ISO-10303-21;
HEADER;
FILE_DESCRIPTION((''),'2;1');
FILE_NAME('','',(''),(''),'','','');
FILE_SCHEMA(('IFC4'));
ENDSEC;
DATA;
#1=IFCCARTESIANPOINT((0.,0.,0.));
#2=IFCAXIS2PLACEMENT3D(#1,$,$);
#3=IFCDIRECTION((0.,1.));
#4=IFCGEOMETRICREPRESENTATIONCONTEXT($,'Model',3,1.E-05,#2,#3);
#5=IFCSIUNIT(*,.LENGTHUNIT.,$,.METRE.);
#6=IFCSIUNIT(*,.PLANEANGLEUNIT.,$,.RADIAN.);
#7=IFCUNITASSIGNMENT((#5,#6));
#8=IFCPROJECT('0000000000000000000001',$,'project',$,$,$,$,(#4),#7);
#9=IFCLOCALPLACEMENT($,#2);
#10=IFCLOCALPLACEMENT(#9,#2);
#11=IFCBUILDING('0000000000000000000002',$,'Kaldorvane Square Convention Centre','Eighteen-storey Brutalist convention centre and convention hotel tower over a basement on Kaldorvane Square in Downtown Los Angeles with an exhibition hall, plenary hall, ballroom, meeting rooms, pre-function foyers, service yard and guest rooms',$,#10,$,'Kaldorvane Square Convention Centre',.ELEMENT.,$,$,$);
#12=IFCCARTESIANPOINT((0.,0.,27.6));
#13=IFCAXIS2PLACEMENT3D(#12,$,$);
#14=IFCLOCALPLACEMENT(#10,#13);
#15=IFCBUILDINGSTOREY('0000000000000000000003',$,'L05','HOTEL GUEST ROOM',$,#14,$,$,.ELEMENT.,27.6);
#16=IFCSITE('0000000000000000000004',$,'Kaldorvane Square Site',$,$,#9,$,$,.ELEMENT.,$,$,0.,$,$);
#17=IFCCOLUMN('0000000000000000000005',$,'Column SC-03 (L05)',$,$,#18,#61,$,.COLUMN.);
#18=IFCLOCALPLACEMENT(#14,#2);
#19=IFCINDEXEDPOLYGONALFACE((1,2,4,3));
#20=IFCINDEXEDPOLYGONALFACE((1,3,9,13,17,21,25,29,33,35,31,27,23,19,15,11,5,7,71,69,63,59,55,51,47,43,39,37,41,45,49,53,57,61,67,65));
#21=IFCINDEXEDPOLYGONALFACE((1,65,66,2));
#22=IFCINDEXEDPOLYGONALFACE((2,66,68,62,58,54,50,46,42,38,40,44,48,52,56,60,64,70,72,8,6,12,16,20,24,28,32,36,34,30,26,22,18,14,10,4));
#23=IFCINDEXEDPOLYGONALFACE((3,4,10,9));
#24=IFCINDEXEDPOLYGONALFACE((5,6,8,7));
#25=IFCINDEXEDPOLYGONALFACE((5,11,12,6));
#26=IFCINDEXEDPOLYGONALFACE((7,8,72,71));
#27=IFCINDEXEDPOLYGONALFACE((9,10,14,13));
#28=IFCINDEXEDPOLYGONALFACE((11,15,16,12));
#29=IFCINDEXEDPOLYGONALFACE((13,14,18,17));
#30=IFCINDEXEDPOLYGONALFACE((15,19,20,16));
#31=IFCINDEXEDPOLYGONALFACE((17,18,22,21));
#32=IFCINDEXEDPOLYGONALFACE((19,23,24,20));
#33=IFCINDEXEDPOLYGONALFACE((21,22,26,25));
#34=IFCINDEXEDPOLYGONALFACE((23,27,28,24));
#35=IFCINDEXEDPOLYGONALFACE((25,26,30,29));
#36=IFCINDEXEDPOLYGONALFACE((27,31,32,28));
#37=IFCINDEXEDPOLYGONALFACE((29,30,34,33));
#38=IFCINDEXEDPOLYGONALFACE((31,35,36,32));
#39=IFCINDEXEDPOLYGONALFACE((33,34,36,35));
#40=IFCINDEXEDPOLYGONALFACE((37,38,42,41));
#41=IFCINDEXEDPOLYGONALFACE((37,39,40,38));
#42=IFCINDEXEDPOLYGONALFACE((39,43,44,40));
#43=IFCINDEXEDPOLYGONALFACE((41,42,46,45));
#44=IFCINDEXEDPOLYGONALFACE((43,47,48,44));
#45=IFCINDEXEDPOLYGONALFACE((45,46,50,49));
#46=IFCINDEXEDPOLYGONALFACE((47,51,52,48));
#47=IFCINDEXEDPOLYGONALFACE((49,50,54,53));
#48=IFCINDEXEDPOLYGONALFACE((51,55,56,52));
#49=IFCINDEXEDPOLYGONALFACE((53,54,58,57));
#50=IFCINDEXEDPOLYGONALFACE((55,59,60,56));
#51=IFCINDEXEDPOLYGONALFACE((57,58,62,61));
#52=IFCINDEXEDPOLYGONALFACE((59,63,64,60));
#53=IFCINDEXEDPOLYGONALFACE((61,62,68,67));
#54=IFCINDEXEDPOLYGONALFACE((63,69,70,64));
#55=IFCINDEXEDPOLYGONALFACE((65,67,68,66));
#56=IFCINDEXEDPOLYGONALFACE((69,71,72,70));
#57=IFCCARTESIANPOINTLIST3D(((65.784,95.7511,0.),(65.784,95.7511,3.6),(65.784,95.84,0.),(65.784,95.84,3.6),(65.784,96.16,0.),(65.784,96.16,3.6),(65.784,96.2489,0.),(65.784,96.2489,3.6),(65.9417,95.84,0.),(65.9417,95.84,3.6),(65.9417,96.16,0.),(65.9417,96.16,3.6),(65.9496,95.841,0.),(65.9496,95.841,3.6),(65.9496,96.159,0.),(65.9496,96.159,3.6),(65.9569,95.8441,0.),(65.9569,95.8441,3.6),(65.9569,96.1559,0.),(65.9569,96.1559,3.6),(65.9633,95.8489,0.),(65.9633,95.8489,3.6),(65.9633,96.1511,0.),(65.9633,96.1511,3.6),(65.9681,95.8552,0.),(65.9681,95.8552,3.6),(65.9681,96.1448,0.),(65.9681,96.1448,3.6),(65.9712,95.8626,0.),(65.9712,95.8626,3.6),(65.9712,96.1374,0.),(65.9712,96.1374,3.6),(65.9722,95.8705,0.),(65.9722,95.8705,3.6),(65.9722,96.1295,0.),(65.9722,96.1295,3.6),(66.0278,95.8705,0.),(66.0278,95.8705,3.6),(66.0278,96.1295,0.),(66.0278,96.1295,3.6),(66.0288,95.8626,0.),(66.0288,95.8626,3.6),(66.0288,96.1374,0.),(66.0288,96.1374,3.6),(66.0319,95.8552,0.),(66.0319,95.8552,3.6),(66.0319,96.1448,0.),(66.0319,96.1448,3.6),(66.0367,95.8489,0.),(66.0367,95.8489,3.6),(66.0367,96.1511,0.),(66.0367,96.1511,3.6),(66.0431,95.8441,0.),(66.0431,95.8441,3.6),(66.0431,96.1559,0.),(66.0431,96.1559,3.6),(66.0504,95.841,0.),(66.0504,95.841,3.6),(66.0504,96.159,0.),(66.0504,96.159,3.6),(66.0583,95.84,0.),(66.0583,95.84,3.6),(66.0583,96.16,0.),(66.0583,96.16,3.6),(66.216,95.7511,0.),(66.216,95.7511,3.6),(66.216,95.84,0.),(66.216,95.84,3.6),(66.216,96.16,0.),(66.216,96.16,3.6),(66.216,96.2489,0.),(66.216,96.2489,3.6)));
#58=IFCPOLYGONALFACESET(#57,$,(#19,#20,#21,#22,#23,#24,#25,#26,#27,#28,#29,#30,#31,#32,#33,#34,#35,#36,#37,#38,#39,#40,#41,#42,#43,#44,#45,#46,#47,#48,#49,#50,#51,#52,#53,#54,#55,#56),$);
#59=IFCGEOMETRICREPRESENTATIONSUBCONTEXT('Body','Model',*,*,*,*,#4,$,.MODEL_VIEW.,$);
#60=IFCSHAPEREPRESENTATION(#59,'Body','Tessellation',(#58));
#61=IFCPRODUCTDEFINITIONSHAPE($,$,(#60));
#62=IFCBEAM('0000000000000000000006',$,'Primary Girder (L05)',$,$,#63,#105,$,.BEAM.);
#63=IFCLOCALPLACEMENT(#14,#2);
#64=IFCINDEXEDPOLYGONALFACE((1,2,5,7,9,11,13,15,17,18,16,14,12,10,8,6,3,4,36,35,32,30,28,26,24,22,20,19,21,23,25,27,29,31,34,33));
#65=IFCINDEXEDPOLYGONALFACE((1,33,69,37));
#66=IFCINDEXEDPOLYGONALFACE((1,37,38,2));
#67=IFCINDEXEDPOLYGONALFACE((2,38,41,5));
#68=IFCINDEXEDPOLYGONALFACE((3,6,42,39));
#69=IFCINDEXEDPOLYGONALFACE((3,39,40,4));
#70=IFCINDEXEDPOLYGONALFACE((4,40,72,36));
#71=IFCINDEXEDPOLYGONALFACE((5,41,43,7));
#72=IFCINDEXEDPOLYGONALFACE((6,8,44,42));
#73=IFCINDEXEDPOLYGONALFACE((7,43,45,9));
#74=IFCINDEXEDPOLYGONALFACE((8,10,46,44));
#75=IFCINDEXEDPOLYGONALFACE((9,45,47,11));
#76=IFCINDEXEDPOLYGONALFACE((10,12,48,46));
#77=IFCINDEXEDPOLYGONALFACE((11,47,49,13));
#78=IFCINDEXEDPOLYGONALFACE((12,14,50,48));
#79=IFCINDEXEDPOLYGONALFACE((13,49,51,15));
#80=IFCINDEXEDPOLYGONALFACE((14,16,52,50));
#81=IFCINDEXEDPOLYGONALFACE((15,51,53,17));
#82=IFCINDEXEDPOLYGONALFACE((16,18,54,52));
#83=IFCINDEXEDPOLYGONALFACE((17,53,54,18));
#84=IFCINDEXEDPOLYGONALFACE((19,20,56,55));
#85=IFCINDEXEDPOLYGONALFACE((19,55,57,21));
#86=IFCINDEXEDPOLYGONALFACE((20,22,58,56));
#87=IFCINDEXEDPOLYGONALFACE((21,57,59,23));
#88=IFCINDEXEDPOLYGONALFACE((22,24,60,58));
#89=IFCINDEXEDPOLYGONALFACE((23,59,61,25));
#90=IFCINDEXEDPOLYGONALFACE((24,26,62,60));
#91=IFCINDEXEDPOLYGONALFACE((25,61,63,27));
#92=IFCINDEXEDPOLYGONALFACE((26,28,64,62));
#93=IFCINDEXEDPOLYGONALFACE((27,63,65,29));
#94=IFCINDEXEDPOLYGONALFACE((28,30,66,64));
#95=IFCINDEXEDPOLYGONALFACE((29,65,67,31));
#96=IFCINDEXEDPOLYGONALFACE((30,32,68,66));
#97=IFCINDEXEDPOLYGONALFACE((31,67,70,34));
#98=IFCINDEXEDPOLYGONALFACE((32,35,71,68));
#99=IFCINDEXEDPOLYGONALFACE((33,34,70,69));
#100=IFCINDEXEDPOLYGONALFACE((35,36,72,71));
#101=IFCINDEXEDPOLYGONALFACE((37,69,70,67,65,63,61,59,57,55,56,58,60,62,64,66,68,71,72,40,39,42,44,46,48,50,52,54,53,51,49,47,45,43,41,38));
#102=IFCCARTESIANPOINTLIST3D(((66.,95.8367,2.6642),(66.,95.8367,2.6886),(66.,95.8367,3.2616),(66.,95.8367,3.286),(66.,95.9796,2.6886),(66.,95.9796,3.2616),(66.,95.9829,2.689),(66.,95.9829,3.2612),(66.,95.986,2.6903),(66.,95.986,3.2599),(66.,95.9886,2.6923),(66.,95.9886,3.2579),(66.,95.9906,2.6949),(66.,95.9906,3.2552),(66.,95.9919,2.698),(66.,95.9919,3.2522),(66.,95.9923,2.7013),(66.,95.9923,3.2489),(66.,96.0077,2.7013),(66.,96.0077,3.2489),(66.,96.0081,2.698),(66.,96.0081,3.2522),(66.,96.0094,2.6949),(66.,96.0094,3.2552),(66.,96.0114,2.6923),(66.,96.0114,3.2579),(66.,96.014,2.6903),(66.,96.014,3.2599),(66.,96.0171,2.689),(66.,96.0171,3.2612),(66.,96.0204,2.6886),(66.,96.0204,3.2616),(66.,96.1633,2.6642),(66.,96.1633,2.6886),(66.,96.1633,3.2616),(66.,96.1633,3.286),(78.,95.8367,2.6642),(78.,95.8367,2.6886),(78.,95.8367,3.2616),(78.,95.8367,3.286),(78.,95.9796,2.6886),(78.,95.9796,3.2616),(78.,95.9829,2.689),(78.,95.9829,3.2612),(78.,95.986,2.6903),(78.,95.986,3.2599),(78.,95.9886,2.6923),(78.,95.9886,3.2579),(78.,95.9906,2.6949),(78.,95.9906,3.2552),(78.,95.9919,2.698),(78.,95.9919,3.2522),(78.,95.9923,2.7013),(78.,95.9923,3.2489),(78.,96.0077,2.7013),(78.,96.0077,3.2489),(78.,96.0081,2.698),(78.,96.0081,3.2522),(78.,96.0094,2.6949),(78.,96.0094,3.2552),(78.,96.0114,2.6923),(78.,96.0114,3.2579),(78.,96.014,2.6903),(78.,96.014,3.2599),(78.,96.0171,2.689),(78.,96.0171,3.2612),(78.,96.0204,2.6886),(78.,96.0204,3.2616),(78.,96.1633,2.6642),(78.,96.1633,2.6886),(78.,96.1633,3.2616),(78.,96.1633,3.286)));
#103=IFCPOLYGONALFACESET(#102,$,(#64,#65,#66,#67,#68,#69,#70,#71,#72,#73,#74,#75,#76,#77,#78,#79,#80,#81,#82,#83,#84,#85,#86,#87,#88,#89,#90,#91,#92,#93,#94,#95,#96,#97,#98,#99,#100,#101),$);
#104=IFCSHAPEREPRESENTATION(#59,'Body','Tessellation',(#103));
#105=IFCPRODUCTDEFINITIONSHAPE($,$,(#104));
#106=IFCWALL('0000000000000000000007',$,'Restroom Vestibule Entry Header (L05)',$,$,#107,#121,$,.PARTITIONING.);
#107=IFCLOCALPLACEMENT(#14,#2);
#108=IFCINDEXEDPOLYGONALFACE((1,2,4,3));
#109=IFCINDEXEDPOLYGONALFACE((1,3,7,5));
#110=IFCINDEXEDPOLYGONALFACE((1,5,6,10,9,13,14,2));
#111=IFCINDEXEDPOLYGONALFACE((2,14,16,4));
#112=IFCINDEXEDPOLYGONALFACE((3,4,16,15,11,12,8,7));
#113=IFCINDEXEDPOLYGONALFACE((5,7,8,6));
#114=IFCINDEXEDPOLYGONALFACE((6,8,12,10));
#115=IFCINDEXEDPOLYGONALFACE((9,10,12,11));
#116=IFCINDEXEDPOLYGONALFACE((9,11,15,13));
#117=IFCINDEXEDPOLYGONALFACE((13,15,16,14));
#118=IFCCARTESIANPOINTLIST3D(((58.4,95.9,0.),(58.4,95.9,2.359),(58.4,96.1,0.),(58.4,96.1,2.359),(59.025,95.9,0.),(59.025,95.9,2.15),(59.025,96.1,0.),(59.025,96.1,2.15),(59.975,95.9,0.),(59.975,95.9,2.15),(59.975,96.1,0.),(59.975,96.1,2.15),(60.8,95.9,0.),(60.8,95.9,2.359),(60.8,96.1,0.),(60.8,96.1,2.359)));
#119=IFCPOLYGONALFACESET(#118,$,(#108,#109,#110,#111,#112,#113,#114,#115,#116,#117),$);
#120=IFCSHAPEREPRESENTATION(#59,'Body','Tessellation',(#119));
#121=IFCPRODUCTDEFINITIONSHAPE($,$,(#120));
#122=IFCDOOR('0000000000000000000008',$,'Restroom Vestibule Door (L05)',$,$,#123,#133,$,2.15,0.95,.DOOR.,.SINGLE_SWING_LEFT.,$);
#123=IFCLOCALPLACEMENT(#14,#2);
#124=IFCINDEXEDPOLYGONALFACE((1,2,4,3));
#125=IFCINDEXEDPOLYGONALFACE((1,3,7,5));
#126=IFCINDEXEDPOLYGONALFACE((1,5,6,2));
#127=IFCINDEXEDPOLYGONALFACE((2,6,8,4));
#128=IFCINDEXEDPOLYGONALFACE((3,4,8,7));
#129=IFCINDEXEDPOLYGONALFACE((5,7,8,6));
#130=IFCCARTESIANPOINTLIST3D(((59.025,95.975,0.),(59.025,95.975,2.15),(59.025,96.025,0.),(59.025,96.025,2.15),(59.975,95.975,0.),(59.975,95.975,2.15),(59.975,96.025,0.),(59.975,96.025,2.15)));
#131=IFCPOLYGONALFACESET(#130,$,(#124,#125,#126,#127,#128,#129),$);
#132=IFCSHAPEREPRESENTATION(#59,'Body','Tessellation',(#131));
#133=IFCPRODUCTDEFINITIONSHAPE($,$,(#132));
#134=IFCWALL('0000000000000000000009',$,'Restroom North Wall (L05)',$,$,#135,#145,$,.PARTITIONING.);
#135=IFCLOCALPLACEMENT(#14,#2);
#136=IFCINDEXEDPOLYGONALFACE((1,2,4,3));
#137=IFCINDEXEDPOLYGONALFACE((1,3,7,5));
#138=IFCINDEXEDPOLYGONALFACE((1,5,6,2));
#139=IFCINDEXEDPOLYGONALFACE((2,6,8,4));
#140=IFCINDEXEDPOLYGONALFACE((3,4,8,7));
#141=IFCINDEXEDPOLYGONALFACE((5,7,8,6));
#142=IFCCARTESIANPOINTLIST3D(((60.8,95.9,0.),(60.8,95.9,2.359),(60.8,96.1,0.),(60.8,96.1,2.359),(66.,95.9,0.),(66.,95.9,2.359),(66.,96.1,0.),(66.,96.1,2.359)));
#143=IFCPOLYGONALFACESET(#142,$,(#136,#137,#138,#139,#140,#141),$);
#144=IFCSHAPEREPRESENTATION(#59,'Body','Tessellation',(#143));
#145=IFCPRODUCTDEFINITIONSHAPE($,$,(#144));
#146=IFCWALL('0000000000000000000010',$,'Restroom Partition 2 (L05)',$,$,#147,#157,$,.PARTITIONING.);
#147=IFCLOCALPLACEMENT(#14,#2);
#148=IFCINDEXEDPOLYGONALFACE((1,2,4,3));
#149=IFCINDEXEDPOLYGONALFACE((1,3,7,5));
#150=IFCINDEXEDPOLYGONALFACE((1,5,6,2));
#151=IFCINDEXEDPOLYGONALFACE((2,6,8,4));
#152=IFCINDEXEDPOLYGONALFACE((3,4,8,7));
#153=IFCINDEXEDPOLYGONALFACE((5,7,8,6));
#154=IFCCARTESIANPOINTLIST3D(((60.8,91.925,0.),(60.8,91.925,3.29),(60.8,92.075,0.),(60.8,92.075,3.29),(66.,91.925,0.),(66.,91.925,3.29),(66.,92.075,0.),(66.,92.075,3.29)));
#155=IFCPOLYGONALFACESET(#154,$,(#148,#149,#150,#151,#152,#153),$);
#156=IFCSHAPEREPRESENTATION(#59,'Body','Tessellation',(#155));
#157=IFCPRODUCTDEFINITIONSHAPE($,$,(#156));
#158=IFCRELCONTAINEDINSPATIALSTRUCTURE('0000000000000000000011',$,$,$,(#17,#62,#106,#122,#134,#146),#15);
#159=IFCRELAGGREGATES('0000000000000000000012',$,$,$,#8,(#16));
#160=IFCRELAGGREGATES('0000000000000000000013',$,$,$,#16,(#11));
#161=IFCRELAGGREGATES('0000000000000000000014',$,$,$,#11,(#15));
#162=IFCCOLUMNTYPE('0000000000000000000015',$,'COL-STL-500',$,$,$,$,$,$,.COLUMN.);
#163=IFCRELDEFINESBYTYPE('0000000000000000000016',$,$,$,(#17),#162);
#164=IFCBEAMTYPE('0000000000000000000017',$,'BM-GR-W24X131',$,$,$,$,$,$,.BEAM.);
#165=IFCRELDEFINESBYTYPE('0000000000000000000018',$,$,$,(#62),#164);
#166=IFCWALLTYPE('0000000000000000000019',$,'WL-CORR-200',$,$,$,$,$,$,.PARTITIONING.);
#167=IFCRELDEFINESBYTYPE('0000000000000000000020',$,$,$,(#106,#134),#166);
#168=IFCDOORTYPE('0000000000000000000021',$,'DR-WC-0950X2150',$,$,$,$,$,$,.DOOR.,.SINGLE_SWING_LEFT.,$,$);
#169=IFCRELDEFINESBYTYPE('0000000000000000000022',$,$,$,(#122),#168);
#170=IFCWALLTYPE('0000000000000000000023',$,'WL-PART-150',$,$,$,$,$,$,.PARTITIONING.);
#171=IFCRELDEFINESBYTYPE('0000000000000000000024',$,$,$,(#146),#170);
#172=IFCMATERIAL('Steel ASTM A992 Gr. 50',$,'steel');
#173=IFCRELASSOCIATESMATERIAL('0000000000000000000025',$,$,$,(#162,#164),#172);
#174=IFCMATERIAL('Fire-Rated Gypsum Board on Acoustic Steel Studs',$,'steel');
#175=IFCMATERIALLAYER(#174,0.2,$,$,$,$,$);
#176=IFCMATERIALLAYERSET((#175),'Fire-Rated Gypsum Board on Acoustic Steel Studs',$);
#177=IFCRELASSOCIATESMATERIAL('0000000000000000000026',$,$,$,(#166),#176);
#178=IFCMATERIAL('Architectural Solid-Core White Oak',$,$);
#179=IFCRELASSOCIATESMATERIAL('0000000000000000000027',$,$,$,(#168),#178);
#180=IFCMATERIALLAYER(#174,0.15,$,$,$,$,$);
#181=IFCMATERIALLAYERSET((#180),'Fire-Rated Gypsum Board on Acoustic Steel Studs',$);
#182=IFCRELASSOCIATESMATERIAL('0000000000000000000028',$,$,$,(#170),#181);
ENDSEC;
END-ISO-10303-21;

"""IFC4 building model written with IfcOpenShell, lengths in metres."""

from ifc_helpers import new_model, si_unit, direction, frame, frame_2d, origin, origin_2d, place, context, subcontext, project, spatial, rectangle, i_section, extrude, material, layer, layer_set, material_profile, profile_set, type_object, element, fill, save


model = new_model("IFC4")

# Units and contexts
model_context = context("Model", 3, precision=1e-05, world=origin(), true_north=direction((0.0, 1.0)))
body_context = subcontext(model_context, "Body", "Model", "MODEL_VIEW")
ifc_project = project(units=[si_unit("LENGTHUNIT", "METRE"), si_unit("PLANEANGLEUNIT", "RADIAN")], contexts=[model_context])

# Site, building, storey
site_placement = place(None, origin())
site = spatial("IfcSite", under=ifc_project, at=site_placement, Name="Kaldorvane Square Site", CompositionType="ELEMENT", RefElevation=0.0)
building_placement = place(site_placement, origin())
building = spatial("IfcBuilding", under=site, at=building_placement, Name="Kaldorvane Square Convention Centre", Description="Eighteen-storey Brutalist convention centre and convention hotel tower over a basement on Kaldorvane Square in Downtown Los Angeles with an exhibition hall, plenary hall, ballroom, meeting rooms, pre-function foyers, service yard and guest rooms", LongName="Kaldorvane Square Convention Centre", CompositionType="ELEMENT")
storey_placement = place(building_placement, frame((0.0, 0.0, 27.6)))
storey = spatial("IfcBuildingStorey", under=building, at=storey_placement, Name="L05", Description="HOTEL GUEST ROOM", CompositionType="ELEMENT", Elevation=27.6)

# Column
ifc_material_1 = material(Name="Steel ASTM A992 Gr. 50", Category="steel")
ifc_material_profile_1 = material_profile(ifc_material_1, i_section(OverallWidth=0.4321, OverallDepth=0.4978, WebThickness=0.0556, FlangeThickness=0.0889, FilletRadius=0.0305, at=origin_2d()), Name="W14X500")
ifc_profile_set_1 = profile_set([ifc_material_profile_1], Name="Steel ASTM A992 Gr. 50")
column_type = type_object("IfcColumnType", Name="COL-STL-500", PredefinedType="COLUMN", material=ifc_profile_set_1)
column_placement = place(storey_placement, frame((66.0, 96.0, 0.0), z_axis=(0.0, 0.0, 1.0), x_axis=(1.0, 0.0, 0.0)))
element("IfcColumn", 1, at=column_placement, inside=storey, type_object=column_type, Name="Column SC-03 (L05)", PredefinedType="COLUMN", context=body_context, shape_type="SweptSolid", body=[
    extrude(i_section(OverallWidth=0.4321, OverallDepth=0.4978, WebThickness=0.0556, FlangeThickness=0.0889, FilletRadius=0.0305, at=origin_2d()), origin(), (0.0, 0.0, 1.0), 3.6),
])

# Beam
ifc_material_profile_2 = material_profile(ifc_material_1, i_section(OverallWidth=0.3265, OverallDepth=0.6218, WebThickness=0.0154, FlangeThickness=0.0244, FilletRadius=0.0127, at=origin_2d()), Name="W24X131")
ifc_profile_set_2 = profile_set([ifc_material_profile_2], Name="Steel ASTM A992 Gr. 50")
beam_type = type_object("IfcBeamType", Name="BM-GR-W24X131", PredefinedType="BEAM", material=ifc_profile_set_2)
beam_placement = place(storey_placement, frame((66.0, 96.0, 2.9751), z_axis=(1.0, 0.0, 0.0), x_axis=(0.0, 1.0, 0.0)))
element("IfcBeam", 2, at=beam_placement, inside=storey, type_object=beam_type, Name="Primary Girder (L05)", PredefinedType="BEAM", context=body_context, shape_type="SweptSolid", body=[
    extrude(i_section(OverallWidth=0.3265, OverallDepth=0.6218, WebThickness=0.0154, FlangeThickness=0.0244, FilletRadius=0.0127, at=origin_2d()), origin(), (0.0, 0.0, 1.0), 12.0),
])

# Wall, opening, door
ifc_material_2 = material(Name="Fire-Rated Gypsum Board on Acoustic Steel Studs", Category="steel")
ifc_layer_1 = layer(ifc_material_2, 0.2)
ifc_layer_set_1 = layer_set([ifc_layer_1], Name="Fire-Rated Gypsum Board on Acoustic Steel Studs")
wall_type_1 = type_object("IfcWallType", Name="WL-CORR-200", PredefinedType="PARTITIONING", material=ifc_layer_set_1)
wall_1_placement = place(storey_placement, frame((58.4, 96.0, 0.0), z_axis=(0.0, 0.0, 1.0), x_axis=(1.0, 0.0, 0.0)))
wall_1 = element("IfcWall", 3, at=wall_1_placement, inside=storey, type_object=wall_type_1, Name="Restroom Vestibule Entry Header (L05)", PredefinedType="PARTITIONING", context=body_context, shape_type="SweptSolid", body=[
    extrude(rectangle(XDim=2.4, YDim=0.2, at=frame_2d((1.2, 0.0))), origin(), (0.0, 0.0, 1.0), 2.359),
])
opening_1_placement = place(wall_1_placement, frame((0.625, 0.0, 0.0)))
opening_1 = element("IfcOpeningElement", 4, at=opening_1_placement, cuts=wall_1, PredefinedType="OPENING", context=body_context, shape_type="SweptSolid", body=[
    extrude(rectangle(XDim=0.95, YDim=2.15, at=frame_2d((0.475, 1.075))), frame((0.0, 0.115, 0.0), z_axis=(0.0, -1.0, 0.0), x_axis=(1.0, 0.0, 0.0)), (0.0, 0.0, 1.0), 0.23),
])
ifc_material_3 = material(Name="Architectural Solid-Core White Oak")
door_type_1 = type_object("IfcDoorType", Name="DR-WC-0950X2150", OperationType="SINGLE_SWING_LEFT", PredefinedType="DOOR", material=ifc_material_3)
door_1_placement = place(opening_1_placement, origin())
door_1 = element("IfcDoor", 5, at=door_1_placement, inside=storey, type_object=door_type_1, Name="Restroom Vestibule Door (L05)", OperationType="SINGLE_SWING_LEFT", OverallHeight=2.15, OverallWidth=0.95, PredefinedType="DOOR", context=body_context, shape_type="SweptSolid", body=[
    extrude(rectangle(XDim=0.95, YDim=2.15, at=frame_2d((0.475, 1.075))), frame((0.0, 0.025, 0.0), z_axis=(0.0, -1.0, 0.0), x_axis=(1.0, 0.0, 0.0)), (0.0, 0.0, 1.0), 0.05),
])
fill(opening_1, door_1)

# Walls
wall_2_placement = place(storey_placement, frame((60.8, 96.0, 0.0), z_axis=(0.0, 0.0, 1.0), x_axis=(1.0, 0.0, 0.0)))
element("IfcWall", 6, at=wall_2_placement, inside=storey, type_object=wall_type_1, Name="Restroom North Wall (L05)", PredefinedType="PARTITIONING", context=body_context, shape_type="SweptSolid", body=[
    extrude(rectangle(XDim=5.2, YDim=0.2, at=frame_2d((2.6, 0.0))), origin(), (0.0, 0.0, 1.0), 2.359),
])
ifc_layer_2 = layer(ifc_material_2, 0.15)
ifc_layer_set_2 = layer_set([ifc_layer_2], Name="Fire-Rated Gypsum Board on Acoustic Steel Studs")
wall_type_2 = type_object("IfcWallType", Name="WL-PART-150", PredefinedType="PARTITIONING", material=ifc_layer_set_2)
wall_3_placement = place(storey_placement, frame((60.8, 92.0, 0.0), z_axis=(0.0, 0.0, 1.0), x_axis=(1.0, 0.0, 0.0)))
element("IfcWall", 7, at=wall_3_placement, inside=storey, type_object=wall_type_2, Name="Restroom Partition 2 (L05)", PredefinedType="PARTITIONING", context=body_context, shape_type="SweptSolid", body=[
    extrude(rectangle(XDim=5.2, YDim=0.15, at=frame_2d((2.6, 0.0))), origin(), (0.0, 0.0, 1.0), 3.29),
])

save(model, "model.ifc")
